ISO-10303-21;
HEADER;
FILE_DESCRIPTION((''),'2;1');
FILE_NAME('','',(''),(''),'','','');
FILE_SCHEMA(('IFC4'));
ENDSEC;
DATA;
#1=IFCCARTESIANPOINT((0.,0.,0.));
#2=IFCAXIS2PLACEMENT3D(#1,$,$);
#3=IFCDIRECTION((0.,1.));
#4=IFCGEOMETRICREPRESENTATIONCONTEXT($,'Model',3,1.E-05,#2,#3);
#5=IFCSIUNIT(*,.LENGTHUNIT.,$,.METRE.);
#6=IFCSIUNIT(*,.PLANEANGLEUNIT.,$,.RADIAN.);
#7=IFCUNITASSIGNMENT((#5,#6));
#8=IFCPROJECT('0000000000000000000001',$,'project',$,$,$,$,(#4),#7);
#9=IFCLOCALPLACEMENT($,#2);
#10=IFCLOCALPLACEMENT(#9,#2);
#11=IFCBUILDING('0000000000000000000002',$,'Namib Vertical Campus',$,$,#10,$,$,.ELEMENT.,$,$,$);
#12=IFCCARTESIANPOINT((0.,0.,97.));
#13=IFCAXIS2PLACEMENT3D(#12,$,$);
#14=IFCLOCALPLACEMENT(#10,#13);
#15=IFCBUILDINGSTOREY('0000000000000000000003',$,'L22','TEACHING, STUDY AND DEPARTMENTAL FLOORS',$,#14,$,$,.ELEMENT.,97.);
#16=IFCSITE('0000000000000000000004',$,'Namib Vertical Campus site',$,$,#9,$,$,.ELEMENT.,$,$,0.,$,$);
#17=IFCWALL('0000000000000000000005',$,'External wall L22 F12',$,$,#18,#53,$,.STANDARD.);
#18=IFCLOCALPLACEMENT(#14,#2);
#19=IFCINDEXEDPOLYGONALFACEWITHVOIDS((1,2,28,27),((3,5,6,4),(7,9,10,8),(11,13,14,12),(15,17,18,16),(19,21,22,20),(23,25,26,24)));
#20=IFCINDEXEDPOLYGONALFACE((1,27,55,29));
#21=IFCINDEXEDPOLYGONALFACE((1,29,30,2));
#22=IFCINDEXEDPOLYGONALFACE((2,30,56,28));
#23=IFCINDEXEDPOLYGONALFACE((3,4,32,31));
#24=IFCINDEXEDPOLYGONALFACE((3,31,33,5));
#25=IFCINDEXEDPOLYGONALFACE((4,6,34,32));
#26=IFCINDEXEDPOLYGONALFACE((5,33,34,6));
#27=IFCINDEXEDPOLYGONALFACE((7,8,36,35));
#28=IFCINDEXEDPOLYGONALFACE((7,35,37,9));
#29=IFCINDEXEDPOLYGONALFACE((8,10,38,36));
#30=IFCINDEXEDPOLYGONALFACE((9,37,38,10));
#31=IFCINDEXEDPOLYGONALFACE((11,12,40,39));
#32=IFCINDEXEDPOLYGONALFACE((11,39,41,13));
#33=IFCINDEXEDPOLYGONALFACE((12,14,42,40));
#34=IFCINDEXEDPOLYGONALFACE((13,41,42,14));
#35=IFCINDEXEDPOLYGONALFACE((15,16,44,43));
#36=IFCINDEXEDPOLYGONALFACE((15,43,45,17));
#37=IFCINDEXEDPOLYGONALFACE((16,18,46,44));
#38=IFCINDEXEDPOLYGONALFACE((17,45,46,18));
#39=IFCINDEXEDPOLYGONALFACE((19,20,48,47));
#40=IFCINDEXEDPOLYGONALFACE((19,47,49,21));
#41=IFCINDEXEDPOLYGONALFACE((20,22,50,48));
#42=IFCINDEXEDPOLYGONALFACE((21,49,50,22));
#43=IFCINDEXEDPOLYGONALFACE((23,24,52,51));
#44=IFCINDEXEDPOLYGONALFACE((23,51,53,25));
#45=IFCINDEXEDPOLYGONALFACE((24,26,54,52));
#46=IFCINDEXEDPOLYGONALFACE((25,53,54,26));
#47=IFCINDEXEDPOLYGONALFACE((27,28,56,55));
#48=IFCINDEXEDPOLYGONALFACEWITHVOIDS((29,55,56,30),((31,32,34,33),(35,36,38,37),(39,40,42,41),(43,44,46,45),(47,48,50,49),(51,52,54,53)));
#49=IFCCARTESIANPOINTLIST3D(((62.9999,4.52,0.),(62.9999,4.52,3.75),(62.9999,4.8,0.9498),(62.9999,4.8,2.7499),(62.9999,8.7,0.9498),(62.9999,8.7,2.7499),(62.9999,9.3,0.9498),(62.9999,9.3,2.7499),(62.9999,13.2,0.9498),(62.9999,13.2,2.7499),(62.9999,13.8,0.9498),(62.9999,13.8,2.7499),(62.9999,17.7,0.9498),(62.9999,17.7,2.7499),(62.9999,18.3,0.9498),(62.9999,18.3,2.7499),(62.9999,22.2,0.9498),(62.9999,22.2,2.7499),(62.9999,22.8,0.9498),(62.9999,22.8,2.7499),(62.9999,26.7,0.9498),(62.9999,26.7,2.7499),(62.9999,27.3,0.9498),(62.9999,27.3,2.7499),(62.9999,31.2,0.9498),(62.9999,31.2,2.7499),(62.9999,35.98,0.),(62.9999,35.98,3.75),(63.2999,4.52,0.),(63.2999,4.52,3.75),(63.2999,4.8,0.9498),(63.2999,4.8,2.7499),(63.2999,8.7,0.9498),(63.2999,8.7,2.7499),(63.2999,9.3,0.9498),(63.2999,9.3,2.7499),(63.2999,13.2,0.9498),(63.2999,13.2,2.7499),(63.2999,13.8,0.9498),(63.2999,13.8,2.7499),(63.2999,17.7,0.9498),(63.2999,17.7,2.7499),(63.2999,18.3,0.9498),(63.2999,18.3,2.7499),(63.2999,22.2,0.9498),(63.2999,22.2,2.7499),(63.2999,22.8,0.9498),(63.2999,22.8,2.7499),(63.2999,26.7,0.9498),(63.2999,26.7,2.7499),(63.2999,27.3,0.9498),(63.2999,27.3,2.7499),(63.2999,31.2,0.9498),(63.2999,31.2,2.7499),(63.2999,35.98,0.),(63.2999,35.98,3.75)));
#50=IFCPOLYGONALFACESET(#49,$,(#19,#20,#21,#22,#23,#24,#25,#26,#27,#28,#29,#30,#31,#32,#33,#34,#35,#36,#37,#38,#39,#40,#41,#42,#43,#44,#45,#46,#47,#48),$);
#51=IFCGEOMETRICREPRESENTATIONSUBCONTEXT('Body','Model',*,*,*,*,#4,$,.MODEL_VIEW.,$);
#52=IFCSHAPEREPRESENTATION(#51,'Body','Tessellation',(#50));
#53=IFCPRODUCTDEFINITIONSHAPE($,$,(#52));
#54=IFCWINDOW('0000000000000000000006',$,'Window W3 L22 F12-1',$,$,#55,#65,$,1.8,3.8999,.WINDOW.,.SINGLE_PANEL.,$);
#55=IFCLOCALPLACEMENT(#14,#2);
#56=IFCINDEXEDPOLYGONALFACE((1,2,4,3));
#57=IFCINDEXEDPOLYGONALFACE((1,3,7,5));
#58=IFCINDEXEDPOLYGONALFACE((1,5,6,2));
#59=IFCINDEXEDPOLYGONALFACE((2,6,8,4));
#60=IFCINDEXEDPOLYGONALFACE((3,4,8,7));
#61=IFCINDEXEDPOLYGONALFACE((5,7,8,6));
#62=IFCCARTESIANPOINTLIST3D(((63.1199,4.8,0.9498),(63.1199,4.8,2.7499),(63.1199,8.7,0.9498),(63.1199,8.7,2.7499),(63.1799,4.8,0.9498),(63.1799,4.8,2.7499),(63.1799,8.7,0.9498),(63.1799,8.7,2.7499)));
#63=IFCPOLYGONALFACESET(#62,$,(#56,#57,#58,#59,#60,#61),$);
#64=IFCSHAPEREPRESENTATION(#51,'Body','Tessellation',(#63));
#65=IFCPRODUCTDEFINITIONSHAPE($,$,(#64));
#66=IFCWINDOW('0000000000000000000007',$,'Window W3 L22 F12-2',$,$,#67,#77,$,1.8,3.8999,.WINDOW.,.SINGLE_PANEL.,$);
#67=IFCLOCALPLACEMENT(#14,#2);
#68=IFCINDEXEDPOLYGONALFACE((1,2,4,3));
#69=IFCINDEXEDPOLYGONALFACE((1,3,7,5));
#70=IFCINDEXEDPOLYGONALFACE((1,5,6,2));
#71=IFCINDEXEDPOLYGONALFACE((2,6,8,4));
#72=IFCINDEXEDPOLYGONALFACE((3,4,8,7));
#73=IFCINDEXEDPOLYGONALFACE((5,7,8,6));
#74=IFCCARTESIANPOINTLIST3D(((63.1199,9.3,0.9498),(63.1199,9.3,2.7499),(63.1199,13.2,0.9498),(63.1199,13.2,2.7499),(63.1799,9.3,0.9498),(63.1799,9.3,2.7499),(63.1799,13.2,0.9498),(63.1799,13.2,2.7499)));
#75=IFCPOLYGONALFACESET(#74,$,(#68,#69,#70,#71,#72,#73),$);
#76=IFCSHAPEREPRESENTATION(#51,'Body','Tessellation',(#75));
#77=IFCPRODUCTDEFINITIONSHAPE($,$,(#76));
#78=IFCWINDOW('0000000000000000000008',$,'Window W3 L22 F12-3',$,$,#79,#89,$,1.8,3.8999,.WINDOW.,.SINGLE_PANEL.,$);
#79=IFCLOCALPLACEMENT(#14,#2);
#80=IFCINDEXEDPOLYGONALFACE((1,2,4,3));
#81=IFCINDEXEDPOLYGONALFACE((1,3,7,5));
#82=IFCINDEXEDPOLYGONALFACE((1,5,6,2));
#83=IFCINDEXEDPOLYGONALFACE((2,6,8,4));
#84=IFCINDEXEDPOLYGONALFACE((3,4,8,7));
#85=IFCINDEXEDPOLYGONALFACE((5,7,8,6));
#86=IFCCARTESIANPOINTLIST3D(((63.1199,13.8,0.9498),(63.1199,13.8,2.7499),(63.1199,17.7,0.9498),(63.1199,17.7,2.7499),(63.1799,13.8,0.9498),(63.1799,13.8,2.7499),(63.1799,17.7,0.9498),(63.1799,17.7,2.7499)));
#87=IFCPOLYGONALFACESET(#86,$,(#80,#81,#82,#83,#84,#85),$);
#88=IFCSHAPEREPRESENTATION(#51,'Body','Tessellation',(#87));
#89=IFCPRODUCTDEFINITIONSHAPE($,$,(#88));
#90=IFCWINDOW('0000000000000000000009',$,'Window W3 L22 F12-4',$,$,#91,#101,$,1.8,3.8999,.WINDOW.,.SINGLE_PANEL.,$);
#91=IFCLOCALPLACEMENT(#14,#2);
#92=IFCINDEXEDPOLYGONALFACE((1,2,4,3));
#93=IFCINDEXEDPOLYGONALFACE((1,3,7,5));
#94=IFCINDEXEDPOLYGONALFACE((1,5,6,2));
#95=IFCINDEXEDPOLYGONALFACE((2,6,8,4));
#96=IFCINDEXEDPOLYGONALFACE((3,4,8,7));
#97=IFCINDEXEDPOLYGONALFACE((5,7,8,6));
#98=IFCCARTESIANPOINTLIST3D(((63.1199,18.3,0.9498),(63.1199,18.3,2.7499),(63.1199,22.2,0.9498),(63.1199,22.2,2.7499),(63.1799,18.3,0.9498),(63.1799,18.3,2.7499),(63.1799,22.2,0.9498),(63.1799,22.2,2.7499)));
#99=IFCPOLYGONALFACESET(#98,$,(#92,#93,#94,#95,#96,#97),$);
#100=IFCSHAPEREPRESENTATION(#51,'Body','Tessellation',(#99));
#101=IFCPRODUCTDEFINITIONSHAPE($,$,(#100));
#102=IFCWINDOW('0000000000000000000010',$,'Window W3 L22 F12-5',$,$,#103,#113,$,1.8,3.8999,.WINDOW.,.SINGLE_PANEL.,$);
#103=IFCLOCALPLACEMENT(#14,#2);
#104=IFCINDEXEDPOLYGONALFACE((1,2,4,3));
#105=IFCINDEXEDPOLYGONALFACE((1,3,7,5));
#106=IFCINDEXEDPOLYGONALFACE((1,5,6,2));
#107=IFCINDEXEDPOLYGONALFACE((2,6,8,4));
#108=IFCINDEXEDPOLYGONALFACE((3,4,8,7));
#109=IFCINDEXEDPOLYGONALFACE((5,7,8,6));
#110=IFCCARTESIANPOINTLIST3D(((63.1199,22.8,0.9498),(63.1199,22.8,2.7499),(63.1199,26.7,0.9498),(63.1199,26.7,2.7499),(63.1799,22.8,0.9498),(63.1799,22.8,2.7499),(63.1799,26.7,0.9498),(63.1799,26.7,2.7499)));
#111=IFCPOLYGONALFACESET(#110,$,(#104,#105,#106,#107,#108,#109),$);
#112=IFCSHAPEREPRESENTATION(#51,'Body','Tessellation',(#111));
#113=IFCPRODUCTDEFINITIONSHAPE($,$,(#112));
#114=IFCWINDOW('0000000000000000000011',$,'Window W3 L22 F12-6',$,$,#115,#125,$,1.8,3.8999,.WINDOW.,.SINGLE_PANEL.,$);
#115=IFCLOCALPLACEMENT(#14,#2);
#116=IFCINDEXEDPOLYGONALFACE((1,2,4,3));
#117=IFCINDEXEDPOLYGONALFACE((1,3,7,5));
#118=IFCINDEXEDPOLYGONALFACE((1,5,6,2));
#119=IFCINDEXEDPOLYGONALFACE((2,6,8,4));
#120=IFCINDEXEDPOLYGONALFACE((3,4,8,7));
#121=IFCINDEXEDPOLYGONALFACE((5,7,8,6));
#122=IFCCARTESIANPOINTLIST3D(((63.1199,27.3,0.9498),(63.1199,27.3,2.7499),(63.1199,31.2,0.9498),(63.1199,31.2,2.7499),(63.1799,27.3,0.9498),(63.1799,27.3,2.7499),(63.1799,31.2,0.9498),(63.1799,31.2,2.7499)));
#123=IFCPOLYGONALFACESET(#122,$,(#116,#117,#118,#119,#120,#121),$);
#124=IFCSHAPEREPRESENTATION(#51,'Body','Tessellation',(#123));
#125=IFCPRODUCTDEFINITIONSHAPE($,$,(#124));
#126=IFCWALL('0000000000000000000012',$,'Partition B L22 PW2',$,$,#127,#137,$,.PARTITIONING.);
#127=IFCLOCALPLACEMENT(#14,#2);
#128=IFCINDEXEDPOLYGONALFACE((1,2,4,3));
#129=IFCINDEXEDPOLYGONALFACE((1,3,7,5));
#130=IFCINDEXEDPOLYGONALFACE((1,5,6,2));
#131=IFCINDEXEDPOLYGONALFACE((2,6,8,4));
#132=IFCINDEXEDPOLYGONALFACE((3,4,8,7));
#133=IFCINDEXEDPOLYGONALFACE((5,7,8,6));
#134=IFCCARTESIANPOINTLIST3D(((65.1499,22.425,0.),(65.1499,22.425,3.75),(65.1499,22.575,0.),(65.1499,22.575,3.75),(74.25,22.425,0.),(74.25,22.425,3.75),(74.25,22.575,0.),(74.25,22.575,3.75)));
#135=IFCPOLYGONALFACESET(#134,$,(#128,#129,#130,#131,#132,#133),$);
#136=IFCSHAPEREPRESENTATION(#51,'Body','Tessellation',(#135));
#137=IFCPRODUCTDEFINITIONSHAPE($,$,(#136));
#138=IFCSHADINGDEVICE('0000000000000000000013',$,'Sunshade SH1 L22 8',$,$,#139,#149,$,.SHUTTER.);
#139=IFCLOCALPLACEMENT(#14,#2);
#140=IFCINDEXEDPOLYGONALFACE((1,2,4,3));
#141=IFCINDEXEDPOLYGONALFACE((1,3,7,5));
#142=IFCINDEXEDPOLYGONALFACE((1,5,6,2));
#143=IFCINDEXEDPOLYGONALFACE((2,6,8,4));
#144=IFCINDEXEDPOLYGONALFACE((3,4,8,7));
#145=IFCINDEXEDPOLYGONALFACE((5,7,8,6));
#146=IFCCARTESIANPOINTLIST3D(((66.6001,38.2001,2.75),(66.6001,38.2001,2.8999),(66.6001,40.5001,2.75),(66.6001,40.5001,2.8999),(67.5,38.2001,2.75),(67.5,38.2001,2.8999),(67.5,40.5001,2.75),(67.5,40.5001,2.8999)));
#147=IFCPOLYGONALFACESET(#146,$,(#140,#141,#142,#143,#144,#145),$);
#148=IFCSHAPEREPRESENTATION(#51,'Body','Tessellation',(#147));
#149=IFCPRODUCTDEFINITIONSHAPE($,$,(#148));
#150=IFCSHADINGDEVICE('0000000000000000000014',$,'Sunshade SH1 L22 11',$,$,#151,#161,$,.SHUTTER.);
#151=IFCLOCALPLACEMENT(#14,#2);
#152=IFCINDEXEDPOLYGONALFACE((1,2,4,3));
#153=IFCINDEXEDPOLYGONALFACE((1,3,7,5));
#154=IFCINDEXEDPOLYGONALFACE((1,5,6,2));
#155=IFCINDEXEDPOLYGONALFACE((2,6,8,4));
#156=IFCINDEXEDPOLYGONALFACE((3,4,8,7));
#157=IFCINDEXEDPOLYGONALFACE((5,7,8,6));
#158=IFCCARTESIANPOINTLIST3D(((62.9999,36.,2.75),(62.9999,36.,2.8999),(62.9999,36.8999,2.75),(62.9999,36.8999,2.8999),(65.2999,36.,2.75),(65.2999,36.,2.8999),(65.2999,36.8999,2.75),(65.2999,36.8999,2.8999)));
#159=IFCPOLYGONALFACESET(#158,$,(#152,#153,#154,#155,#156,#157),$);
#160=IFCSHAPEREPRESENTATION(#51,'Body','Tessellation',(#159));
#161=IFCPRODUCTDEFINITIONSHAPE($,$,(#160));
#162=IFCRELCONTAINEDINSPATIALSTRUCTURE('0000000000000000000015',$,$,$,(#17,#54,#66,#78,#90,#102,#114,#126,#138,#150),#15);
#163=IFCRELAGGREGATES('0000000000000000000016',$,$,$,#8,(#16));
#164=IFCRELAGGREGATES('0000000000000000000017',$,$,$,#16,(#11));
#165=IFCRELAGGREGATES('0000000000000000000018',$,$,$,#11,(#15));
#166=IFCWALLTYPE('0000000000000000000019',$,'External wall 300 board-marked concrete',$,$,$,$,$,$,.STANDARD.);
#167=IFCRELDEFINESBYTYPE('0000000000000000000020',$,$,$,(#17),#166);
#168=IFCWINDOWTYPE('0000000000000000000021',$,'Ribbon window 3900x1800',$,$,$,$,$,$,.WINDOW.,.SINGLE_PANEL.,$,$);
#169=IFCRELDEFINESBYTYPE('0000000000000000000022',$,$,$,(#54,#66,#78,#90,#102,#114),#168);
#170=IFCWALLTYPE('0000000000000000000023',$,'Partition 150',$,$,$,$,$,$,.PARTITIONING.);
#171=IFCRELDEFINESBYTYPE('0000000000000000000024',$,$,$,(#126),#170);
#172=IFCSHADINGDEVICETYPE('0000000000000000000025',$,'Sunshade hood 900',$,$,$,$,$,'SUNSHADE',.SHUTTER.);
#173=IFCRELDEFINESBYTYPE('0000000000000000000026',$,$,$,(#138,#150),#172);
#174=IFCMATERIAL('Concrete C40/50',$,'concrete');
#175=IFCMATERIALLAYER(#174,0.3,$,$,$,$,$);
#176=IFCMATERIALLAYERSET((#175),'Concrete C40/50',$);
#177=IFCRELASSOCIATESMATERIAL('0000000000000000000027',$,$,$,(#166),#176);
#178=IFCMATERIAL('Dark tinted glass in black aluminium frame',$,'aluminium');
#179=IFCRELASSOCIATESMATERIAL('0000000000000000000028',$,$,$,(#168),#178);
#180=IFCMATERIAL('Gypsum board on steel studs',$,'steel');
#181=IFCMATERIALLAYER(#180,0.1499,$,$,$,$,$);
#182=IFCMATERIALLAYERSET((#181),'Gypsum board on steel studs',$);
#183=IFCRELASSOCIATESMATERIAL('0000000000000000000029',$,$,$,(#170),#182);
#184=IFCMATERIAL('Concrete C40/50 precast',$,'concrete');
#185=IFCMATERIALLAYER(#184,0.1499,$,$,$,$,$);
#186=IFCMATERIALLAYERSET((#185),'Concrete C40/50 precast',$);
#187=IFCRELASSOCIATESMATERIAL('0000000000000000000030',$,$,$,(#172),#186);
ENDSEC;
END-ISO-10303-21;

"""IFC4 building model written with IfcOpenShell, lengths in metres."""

from ifc_helpers import new_model, si_unit, direction, frame, frame_2d, origin, origin_2d, place, context, subcontext, project, spatial, rectangle, extrude, material, layer, layer_set, type_object, element, fill, save


model = new_model("IFC4")

# Units and contexts
model_context = context("Model", 3, precision=1e-05, world=origin(), true_north=direction((0.0, 1.0)))
body_context = subcontext(model_context, "Body", "Model", "MODEL_VIEW")
ifc_project = project(units=[si_unit("LENGTHUNIT", "METRE"), si_unit("PLANEANGLEUNIT", "RADIAN")], contexts=[model_context])

# Site, building, storey
site_placement = place(None, origin())
site = spatial("IfcSite", under=ifc_project, at=site_placement, Name="Namib Vertical Campus site", CompositionType="ELEMENT", RefElevation=0.0)
building_placement = place(site_placement, origin())
building = spatial("IfcBuilding", under=site, at=building_placement, Name="Namib Vertical Campus", CompositionType="ELEMENT")
storey_placement = place(building_placement, frame((0.0, 0.0, 97.0)))
storey = spatial("IfcBuildingStorey", under=building, at=storey_placement, Name="L22", Description="TEACHING, STUDY AND DEPARTMENTAL FLOORS", CompositionType="ELEMENT", Elevation=97.0)

# Shared definitions
ifc_material_1 = material(Name="Concrete C40/50", Category="concrete")
ifc_layer_1 = layer(ifc_material_1, 0.3)
ifc_layer_set_1 = layer_set([ifc_layer_1], Name="Concrete C40/50")
wall_type_1 = type_object("IfcWallType", Name="External wall 300 board-marked concrete", PredefinedType="STANDARD", material=ifc_layer_set_1)

# Wall, openings, windows
wall_1_placement = place(storey_placement, frame((63.1499, 35.98, 0.0), z_axis=(0.0, 0.0, 1.0), x_axis=(0.0, -1.0, 0.0)))
wall_1 = element("IfcWall", 1, at=wall_1_placement, inside=storey, type_object=wall_type_1, Name="External wall L22 F12", PredefinedType="STANDARD", context=body_context, shape_type="SweptSolid", body=[
    extrude(rectangle(XDim=31.46, YDim=0.3, at=frame_2d((15.73, 0.0))), origin(), (0.0, 0.0, 1.0), 3.75),
])
opening_1_placement = place(wall_1_placement, frame((27.28, 0.0, 0.95)))
opening_1 = element("IfcOpeningElement", 2, at=opening_1_placement, cuts=wall_1, PredefinedType="OPENING", context=body_context, shape_type="SweptSolid", body=[
    extrude(rectangle(XDim=3.8999, YDim=1.8, at=frame_2d((1.95, 0.8999))), frame((0.0, 0.1599, 0.0), z_axis=(0.0, -1.0, 0.0), x_axis=(1.0, 0.0, 0.0)), (0.0, 0.0, 1.0), 0.3201),
])
opening_2_placement = place(wall_1_placement, frame((22.78, 0.0, 0.95)))
opening_2 = element("IfcOpeningElement", 3, at=opening_2_placement, cuts=wall_1, PredefinedType="OPENING", context=body_context, shape_type="SweptSolid", body=[
    extrude(rectangle(XDim=3.8999, YDim=1.8, at=frame_2d((1.95, 0.8999))), frame((0.0, 0.1599, 0.0), z_axis=(0.0, -1.0, 0.0), x_axis=(1.0, 0.0, 0.0)), (0.0, 0.0, 1.0), 0.3201),
])
opening_3_placement = place(wall_1_placement, frame((18.28, 0.0, 0.95)))
opening_3 = element("IfcOpeningElement", 4, at=opening_3_placement, cuts=wall_1, PredefinedType="OPENING", context=body_context, shape_type="SweptSolid", body=[
    extrude(rectangle(XDim=3.8999, YDim=1.8, at=frame_2d((1.95, 0.8999))), frame((0.0, 0.1599, 0.0), z_axis=(0.0, -1.0, 0.0), x_axis=(1.0, 0.0, 0.0)), (0.0, 0.0, 1.0), 0.3201),
])
opening_4_placement = place(wall_1_placement, frame((13.78, 0.0, 0.95)))
opening_4 = element("IfcOpeningElement", 5, at=opening_4_placement, cuts=wall_1, PredefinedType="OPENING", context=body_context, shape_type="SweptSolid", body=[
    extrude(rectangle(XDim=3.8999, YDim=1.8, at=frame_2d((1.95, 0.8999))), frame((0.0, 0.1599, 0.0), z_axis=(0.0, -1.0, 0.0), x_axis=(1.0, 0.0, 0.0)), (0.0, 0.0, 1.0), 0.3201),
])
opening_5_placement = place(wall_1_placement, frame((9.28, 0.0, 0.95)))
opening_5 = element("IfcOpeningElement", 6, at=opening_5_placement, cuts=wall_1, PredefinedType="OPENING", context=body_context, shape_type="SweptSolid", body=[
    extrude(rectangle(XDim=3.8999, YDim=1.8, at=frame_2d((1.95, 0.8999))), frame((0.0, 0.1599, 0.0), z_axis=(0.0, -1.0, 0.0), x_axis=(1.0, 0.0, 0.0)), (0.0, 0.0, 1.0), 0.3201),
])
opening_6_placement = place(wall_1_placement, frame((4.78, 0.0, 0.95)))
opening_6 = element("IfcOpeningElement", 7, at=opening_6_placement, cuts=wall_1, PredefinedType="OPENING", context=body_context, shape_type="SweptSolid", body=[
    extrude(rectangle(XDim=3.8999, YDim=1.8, at=frame_2d((1.95, 0.8999))), frame((0.0, 0.1599, 0.0), z_axis=(0.0, -1.0, 0.0), x_axis=(1.0, 0.0, 0.0)), (0.0, 0.0, 1.0), 0.3201),
])
ifc_material_2 = material(Name="Dark tinted glass in black aluminium frame", Category="aluminium")
window_type = type_object("IfcWindowType", Name="Ribbon window 3900x1800", PartitioningType="SINGLE_PANEL", PredefinedType="WINDOW", material=ifc_material_2)
window_1_placement = place(opening_1_placement, origin())
window_1 = element("IfcWindow", 8, at=window_1_placement, inside=storey, type_object=window_type, Name="Window W3 L22 F12-1", OverallHeight=1.8, OverallWidth=3.8999, PartitioningType="SINGLE_PANEL", PredefinedType="WINDOW", context=body_context, shape_type="SweptSolid", body=[
    extrude(rectangle(XDim=3.8999, YDim=1.8, at=frame_2d((1.95, 0.8999))), frame((0.0, 0.03, 0.0), z_axis=(0.0, -1.0, 0.0), x_axis=(1.0, 0.0, 0.0)), (0.0, 0.0, 1.0), 0.0601),
])
fill(opening_1, window_1)
window_2_placement = place(opening_2_placement, origin())
window_2 = element("IfcWindow", 9, at=window_2_placement, inside=storey, type_object=window_type, Name="Window W3 L22 F12-2", OverallHeight=1.8, OverallWidth=3.8999, PartitioningType="SINGLE_PANEL", PredefinedType="WINDOW", context=body_context, shape_type="SweptSolid", body=[
    extrude(rectangle(XDim=3.8999, YDim=1.8, at=frame_2d((1.95, 0.8999))), frame((0.0, 0.03, 0.0), z_axis=(0.0, -1.0, 0.0), x_axis=(1.0, 0.0, 0.0)), (0.0, 0.0, 1.0), 0.0601),
])
fill(opening_2, window_2)
window_3_placement = place(opening_3_placement, origin())
window_3 = element("IfcWindow", 10, at=window_3_placement, inside=storey, type_object=window_type, Name="Window W3 L22 F12-3", OverallHeight=1.8, OverallWidth=3.8999, PartitioningType="SINGLE_PANEL", PredefinedType="WINDOW", context=body_context, shape_type="SweptSolid", body=[
    extrude(rectangle(XDim=3.8999, YDim=1.8, at=frame_2d((1.95, 0.8999))), frame((0.0, 0.03, 0.0), z_axis=(0.0, -1.0, 0.0), x_axis=(1.0, 0.0, 0.0)), (0.0, 0.0, 1.0), 0.0601),
])
fill(opening_3, window_3)
window_4_placement = place(opening_4_placement, origin())
window_4 = element("IfcWindow", 11, at=window_4_placement, inside=storey, type_object=window_type, Name="Window W3 L22 F12-4", OverallHeight=1.8, OverallWidth=3.8999, PartitioningType="SINGLE_PANEL", PredefinedType="WINDOW", context=body_context, shape_type="SweptSolid", body=[
    extrude(rectangle(XDim=3.8999, YDim=1.8, at=frame_2d((1.95, 0.8999))), frame((0.0, 0.03, 0.0), z_axis=(0.0, -1.0, 0.0), x_axis=(1.0, 0.0, 0.0)), (0.0, 0.0, 1.0), 0.0601),
])
fill(opening_4, window_4)
window_5_placement = place(opening_5_placement, origin())
window_5 = element("IfcWindow", 12, at=window_5_placement, inside=storey, type_object=window_type, Name="Window W3 L22 F12-5", OverallHeight=1.8, OverallWidth=3.8999, PartitioningType="SINGLE_PANEL", PredefinedType="WINDOW", context=body_context, shape_type="SweptSolid", body=[
    extrude(rectangle(XDim=3.8999, YDim=1.8, at=frame_2d((1.95, 0.8999))), frame((0.0, 0.03, 0.0), z_axis=(0.0, -1.0, 0.0), x_axis=(1.0, 0.0, 0.0)), (0.0, 0.0, 1.0), 0.0601),
])
fill(opening_5, window_5)
window_6_placement = place(opening_6_placement, origin())
window_6 = element("IfcWindow", 13, at=window_6_placement, inside=storey, type_object=window_type, Name="Window W3 L22 F12-6", OverallHeight=1.8, OverallWidth=3.8999, PartitioningType="SINGLE_PANEL", PredefinedType="WINDOW", context=body_context, shape_type="SweptSolid", body=[
    extrude(rectangle(XDim=3.8999, YDim=1.8, at=frame_2d((1.95, 0.8999))), frame((0.0, 0.03, 0.0), z_axis=(0.0, -1.0, 0.0), x_axis=(1.0, 0.0, 0.0)), (0.0, 0.0, 1.0), 0.0601),
])
fill(opening_6, window_6)

# Wall
ifc_material_3 = material(Name="Gypsum board on steel studs", Category="steel")
ifc_layer_2 = layer(ifc_material_3, 0.1499)
ifc_layer_set_2 = layer_set([ifc_layer_2], Name="Gypsum board on steel studs")
wall_type_2 = type_object("IfcWallType", Name="Partition 150", PredefinedType="PARTITIONING", material=ifc_layer_set_2)
wall_2_placement = place(storey_placement, frame((65.1499, 22.5, 0.0), z_axis=(0.0, 0.0, 1.0), x_axis=(1.0, 0.0, 0.0)))
element("IfcWall", 14, at=wall_2_placement, inside=storey, type_object=wall_type_2, Name="Partition B L22 PW2", PredefinedType="PARTITIONING", context=body_context, shape_type="SweptSolid", body=[
    extrude(rectangle(XDim=9.1001, YDim=0.1499, at=frame_2d((4.55, 0.0))), origin(), (0.0, 0.0, 1.0), 3.75),
])

# Shading devices
ifc_material_4 = material(Name="Concrete C40/50 precast", Category="concrete")
ifc_layer_3 = layer(ifc_material_4, 0.1499)
ifc_layer_set_3 = layer_set([ifc_layer_3], Name="Concrete C40/50 precast")
shading_device_type = type_object("IfcShadingDeviceType", Name="Sunshade hood 900", ElementType="SUNSHADE", PredefinedType="SHUTTER", material=ifc_layer_set_3)
for number, where, z_axis, x_axis, name in (
    (15, (67.05, 39.3501, 2.75), (0.0, 0.0, 1.0), (0.0, -1.0, 0.0), "Sunshade SH1 L22 8"),
    (16, (64.1499, 36.45, 2.75), (0.0, 0.0, 1.0), (-1.0, 0.0, 0.0), "Sunshade SH1 L22 11"),
):
    element("IfcShadingDevice", number, at=place(storey_placement, frame(where, z_axis=z_axis, x_axis=x_axis)), inside=storey, type_object=shading_device_type, Name=name, PredefinedType="SHUTTER", context=body_context, shape_type="SweptSolid", body=[
        extrude(rectangle(XDim=2.3, YDim=0.8999, at=origin_2d()), origin(), (0.0, 0.0, 1.0), 0.1499),
    ])

save(model, "model.ifc")
